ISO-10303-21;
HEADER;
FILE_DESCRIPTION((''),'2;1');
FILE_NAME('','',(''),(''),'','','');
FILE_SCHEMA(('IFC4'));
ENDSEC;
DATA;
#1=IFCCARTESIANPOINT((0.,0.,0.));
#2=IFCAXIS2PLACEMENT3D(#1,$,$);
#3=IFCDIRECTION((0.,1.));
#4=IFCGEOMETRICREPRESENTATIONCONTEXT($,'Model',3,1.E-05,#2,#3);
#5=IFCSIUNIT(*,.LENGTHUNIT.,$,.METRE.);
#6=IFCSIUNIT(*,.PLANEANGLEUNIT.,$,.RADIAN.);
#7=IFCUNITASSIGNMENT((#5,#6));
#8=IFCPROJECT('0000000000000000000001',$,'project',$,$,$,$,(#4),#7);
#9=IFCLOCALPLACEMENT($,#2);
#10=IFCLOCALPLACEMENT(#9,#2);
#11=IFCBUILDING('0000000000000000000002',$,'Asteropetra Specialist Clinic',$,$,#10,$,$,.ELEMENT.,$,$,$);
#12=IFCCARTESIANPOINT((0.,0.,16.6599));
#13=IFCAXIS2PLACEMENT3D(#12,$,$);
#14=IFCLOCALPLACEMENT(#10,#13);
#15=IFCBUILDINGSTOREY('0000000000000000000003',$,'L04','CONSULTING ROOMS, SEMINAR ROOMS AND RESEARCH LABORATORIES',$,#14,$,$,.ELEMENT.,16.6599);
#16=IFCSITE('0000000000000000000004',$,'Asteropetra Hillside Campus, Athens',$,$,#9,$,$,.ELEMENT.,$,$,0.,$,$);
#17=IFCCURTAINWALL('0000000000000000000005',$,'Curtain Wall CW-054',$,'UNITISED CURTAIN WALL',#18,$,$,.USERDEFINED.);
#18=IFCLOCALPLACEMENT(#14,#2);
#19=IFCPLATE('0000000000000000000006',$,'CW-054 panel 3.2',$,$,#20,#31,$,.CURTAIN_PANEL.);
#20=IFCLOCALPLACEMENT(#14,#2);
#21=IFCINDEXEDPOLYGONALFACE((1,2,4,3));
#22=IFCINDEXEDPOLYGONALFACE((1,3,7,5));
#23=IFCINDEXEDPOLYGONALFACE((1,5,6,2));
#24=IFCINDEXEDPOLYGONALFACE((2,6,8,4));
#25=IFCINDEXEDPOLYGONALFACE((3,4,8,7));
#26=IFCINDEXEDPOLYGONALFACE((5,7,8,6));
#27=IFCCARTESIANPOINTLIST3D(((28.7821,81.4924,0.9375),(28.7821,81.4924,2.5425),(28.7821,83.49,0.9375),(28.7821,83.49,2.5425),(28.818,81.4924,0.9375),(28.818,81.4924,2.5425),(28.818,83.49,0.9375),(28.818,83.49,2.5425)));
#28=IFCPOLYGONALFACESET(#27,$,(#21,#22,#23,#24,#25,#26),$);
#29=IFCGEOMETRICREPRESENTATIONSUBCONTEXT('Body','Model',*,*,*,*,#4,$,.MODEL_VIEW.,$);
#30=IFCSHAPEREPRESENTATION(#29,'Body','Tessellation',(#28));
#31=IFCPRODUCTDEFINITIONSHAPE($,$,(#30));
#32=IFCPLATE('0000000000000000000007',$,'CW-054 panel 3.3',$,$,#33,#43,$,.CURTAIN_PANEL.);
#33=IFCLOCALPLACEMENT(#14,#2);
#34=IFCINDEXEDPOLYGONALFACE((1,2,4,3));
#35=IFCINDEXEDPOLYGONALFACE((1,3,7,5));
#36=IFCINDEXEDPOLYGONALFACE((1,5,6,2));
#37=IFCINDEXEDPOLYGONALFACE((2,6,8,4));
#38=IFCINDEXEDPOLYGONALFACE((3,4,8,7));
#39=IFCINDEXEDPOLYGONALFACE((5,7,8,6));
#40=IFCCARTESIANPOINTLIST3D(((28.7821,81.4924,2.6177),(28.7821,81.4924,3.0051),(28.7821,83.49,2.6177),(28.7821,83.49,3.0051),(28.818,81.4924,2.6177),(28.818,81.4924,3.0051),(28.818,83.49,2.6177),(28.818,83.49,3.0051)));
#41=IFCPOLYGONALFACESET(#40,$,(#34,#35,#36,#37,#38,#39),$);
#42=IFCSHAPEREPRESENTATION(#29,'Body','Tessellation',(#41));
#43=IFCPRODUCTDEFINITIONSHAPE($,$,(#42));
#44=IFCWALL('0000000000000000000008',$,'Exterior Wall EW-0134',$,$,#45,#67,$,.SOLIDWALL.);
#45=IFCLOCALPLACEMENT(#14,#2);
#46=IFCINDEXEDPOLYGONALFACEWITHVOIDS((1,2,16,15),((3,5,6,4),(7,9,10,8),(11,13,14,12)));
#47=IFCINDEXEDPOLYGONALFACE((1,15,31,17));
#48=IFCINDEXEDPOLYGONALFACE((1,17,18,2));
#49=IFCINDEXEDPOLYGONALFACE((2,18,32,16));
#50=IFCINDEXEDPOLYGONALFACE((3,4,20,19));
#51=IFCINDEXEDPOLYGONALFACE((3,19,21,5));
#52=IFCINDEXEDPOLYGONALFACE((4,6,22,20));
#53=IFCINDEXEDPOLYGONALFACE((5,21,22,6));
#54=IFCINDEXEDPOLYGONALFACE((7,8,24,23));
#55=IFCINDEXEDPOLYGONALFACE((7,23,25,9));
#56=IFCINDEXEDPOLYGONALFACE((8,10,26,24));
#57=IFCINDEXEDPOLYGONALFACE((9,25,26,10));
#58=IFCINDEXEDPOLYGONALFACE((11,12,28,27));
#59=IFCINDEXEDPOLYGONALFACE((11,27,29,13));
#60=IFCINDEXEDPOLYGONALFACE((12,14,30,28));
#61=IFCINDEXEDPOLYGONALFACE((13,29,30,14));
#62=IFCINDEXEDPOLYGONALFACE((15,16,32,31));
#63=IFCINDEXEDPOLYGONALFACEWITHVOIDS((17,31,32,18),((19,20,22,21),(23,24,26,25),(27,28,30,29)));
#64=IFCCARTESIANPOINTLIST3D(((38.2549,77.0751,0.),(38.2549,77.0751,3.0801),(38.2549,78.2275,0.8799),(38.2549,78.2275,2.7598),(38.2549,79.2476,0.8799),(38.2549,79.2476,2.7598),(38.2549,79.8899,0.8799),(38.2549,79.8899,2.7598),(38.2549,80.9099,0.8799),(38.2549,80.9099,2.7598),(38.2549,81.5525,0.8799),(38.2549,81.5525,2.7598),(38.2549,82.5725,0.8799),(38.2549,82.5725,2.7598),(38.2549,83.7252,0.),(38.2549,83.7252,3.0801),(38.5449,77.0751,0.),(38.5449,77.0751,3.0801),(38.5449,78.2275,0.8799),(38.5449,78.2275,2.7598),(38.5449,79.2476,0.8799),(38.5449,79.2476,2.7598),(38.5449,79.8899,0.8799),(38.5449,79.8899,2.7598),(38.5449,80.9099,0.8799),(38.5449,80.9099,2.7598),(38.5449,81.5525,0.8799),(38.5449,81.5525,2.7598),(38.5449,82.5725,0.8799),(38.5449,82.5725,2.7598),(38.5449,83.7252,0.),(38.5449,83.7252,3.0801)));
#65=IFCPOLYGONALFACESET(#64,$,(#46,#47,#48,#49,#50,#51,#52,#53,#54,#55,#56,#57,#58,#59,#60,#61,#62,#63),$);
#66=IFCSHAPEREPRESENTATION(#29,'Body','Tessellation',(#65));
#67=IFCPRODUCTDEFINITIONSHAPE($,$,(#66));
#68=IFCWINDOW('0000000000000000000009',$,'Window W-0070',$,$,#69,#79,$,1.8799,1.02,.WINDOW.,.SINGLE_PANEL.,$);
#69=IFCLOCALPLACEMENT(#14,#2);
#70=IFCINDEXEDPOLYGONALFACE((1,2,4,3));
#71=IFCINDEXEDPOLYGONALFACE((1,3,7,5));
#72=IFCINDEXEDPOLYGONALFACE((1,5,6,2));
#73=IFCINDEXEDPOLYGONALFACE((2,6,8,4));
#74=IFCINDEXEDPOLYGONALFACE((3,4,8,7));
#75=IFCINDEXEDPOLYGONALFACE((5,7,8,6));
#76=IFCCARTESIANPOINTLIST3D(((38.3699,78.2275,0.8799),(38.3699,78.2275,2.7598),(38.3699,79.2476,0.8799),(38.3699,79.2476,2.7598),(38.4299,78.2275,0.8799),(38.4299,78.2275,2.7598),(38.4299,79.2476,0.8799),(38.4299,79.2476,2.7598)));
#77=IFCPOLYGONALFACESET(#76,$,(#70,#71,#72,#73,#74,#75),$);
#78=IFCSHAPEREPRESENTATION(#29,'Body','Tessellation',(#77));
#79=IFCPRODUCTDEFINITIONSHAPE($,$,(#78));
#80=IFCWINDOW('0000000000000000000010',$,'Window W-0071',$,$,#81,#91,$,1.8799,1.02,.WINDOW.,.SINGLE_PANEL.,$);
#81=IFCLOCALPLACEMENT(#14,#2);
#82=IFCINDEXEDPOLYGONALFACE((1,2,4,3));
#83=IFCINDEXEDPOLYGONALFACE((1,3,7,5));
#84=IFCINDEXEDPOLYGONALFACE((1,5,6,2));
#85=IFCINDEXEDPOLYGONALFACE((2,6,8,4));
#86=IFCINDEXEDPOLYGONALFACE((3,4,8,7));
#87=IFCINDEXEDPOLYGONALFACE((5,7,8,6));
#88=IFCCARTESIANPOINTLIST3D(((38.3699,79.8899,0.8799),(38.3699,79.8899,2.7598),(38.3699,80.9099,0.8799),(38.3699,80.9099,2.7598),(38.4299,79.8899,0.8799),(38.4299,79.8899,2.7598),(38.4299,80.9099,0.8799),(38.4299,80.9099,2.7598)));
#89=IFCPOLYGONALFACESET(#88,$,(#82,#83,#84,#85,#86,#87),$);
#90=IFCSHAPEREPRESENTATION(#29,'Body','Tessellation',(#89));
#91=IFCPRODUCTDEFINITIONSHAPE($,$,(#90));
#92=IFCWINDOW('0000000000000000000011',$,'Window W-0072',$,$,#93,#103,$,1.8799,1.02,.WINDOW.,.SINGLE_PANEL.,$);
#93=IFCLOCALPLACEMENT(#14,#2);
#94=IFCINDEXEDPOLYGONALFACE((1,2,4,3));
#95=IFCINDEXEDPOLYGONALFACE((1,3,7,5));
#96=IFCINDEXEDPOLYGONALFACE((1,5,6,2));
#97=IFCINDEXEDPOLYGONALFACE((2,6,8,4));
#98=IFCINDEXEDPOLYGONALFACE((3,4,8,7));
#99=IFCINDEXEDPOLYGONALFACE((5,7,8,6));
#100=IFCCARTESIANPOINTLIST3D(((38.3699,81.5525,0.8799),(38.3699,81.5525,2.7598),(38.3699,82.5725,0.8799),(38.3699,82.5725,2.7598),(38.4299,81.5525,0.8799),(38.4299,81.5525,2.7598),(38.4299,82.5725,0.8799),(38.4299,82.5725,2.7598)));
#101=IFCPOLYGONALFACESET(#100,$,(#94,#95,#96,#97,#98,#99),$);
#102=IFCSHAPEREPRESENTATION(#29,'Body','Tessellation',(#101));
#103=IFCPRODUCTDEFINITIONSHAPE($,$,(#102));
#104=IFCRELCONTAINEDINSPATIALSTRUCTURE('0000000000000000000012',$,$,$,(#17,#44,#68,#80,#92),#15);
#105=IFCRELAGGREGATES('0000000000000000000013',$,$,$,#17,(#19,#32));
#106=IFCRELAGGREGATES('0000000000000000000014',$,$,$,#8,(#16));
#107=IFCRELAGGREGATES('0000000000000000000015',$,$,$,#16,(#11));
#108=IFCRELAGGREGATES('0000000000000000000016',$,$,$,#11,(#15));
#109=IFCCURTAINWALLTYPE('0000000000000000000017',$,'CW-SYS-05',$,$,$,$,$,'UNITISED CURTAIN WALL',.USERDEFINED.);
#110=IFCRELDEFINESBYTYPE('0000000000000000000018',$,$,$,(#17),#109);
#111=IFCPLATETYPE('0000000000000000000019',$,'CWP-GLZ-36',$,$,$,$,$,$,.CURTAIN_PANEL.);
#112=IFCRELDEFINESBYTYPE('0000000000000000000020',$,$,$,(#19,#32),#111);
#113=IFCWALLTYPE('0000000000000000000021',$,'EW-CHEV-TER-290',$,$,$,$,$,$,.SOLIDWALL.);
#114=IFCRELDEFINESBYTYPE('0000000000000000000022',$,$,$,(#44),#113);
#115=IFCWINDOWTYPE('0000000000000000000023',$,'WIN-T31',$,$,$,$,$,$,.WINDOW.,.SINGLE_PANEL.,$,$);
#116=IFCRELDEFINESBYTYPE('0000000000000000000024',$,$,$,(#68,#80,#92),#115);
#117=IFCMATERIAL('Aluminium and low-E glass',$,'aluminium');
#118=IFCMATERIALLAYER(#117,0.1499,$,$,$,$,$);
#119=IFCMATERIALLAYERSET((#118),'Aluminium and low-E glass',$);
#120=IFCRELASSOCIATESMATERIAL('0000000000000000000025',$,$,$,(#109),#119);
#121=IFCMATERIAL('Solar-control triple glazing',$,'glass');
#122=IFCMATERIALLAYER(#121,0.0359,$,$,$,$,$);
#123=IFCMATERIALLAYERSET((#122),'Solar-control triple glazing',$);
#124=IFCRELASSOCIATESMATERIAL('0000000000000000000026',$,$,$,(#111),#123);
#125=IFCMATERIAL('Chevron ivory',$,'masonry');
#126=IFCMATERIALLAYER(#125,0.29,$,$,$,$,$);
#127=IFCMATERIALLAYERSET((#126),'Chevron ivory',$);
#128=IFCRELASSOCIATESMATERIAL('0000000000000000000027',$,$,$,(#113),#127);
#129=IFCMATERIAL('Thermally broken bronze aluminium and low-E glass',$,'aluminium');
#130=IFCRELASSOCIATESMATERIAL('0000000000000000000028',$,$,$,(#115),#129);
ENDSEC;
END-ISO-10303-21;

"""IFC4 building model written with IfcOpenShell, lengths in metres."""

from ifc_helpers import new_model, si_unit, direction, frame, frame_2d, origin, origin_2d, place, context, subcontext, project, spatial, rectangle, extrude, material, layer, layer_set, type_object, element, fill, aggregate, save


model = new_model("IFC4")

# Units and contexts
model_context = context("Model", 3, precision=1e-05, world=origin(), true_north=direction((0.0, 1.0)))
body_context = subcontext(model_context, "Body", "Model", "MODEL_VIEW")
ifc_project = project(units=[si_unit("LENGTHUNIT", "METRE"), si_unit("PLANEANGLEUNIT", "RADIAN")], contexts=[model_context])

# Site, building, storey
site_placement = place(None, origin())
site = spatial("IfcSite", under=ifc_project, at=site_placement, Name="Asteropetra Hillside Campus, Athens", CompositionType="ELEMENT", RefElevation=0.0)
building_placement = place(site_placement, origin())
building = spatial("IfcBuilding", under=site, at=building_placement, Name="Asteropetra Specialist Clinic", CompositionType="ELEMENT")
storey_placement = place(building_placement, frame((0.0, 0.0, 16.6599)))
storey = spatial("IfcBuildingStorey", under=building, at=storey_placement, Name="L04", Description="CONSULTING ROOMS, SEMINAR ROOMS AND RESEARCH LABORATORIES", CompositionType="ELEMENT", Elevation=16.6599)

# Curtain wall
ifc_material_1 = material(Name="Aluminium and low-E glass", Category="aluminium")
ifc_layer_1 = layer(ifc_material_1, 0.1499)
ifc_layer_set_1 = layer_set([ifc_layer_1], Name="Aluminium and low-E glass")
curtain_wall_type = type_object("IfcCurtainWallType", Name="CW-SYS-05", ElementType="UNITISED CURTAIN WALL", PredefinedType="USERDEFINED", material=ifc_layer_set_1)
curtain_wall_placement = place(storey_placement, origin())
curtain_wall = element("IfcCurtainWall", 1, at=curtain_wall_placement, inside=storey, type_object=curtain_wall_type, Name="Curtain Wall CW-054", ObjectType="UNITISED CURTAIN WALL", PredefinedType="USERDEFINED")

# Plates
ifc_material_2 = material(Name="Solar-control triple glazing", Category="glass")
ifc_layer_2 = layer(ifc_material_2, 0.0359)
ifc_layer_set_2 = layer_set([ifc_layer_2], Name="Solar-control triple glazing")
plate_type = type_object("IfcPlateType", Name="CWP-GLZ-36", PredefinedType="CURTAIN_PANEL", material=ifc_layer_set_2)
plate_1_placement = place(storey_placement, frame((28.8, 82.4912, 0.9375), z_axis=(0.0, 0.0, 1.0), x_axis=(0.0, 1.0, 0.0)))
plate_1 = element("IfcPlate", 2, at=plate_1_placement, type_object=plate_type, Name="CW-054 panel 3.2", PredefinedType="CURTAIN_PANEL", context=body_context, shape_type="SweptSolid", body=[
    extrude(rectangle(XDim=1.9976, YDim=0.0359, at=origin_2d()), origin(), (0.0, 0.0, 1.0), 1.605),
])
plate_2_placement = place(storey_placement, frame((28.8, 82.4912, 2.6177), z_axis=(0.0, 0.0, 1.0), x_axis=(0.0, 1.0, 0.0)))
plate_2 = element("IfcPlate", 3, at=plate_2_placement, type_object=plate_type, Name="CW-054 panel 3.3", PredefinedType="CURTAIN_PANEL", context=body_context, shape_type="SweptSolid", body=[
    extrude(rectangle(XDim=1.9976, YDim=0.0359, at=origin_2d()), origin(), (0.0, 0.0, 1.0), 0.3875),
])
aggregate(curtain_wall, [plate_1, plate_2])

# Shared definitions
ifc_material_3 = material(Name="Chevron ivory", Category="masonry")
ifc_layer_3 = layer(ifc_material_3, 0.29)
ifc_layer_set_3 = layer_set([ifc_layer_3], Name="Chevron ivory")
wall_type = type_object("IfcWallType", Name="EW-CHEV-TER-290", PredefinedType="SOLIDWALL", material=ifc_layer_set_3)

# Wall, openings, windows
wall_1_placement = place(storey_placement, frame((38.3999, 77.075, 0.0), z_axis=(0.0, 0.0, 1.0), x_axis=(0.0, 1.0, 0.0)))
wall_1 = element("IfcWall", 4, at=wall_1_placement, inside=storey, type_object=wall_type, Name="Exterior Wall EW-0134", PredefinedType="SOLIDWALL", context=body_context, shape_type="SweptSolid", body=[
    extrude(rectangle(XDim=6.6501, YDim=0.29, at=frame_2d((3.3252, 0.0))), origin(), (0.0, 0.0, 1.0), 3.0801),
])
opening_1_placement = place(wall_1_placement, frame((1.1526, 0.0, 0.8799)))
opening_1 = element("IfcOpeningElement", 5, at=opening_1_placement, cuts=wall_1, PredefinedType="OPENING", context=body_context, shape_type="SweptSolid", body=[
    extrude(rectangle(XDim=1.02, YDim=1.8799, at=frame_2d((0.51, 0.9399))), frame((0.0, 0.155, 0.0), z_axis=(0.0, -1.0, 0.0), x_axis=(1.0, 0.0, 0.0)), (0.0, 0.0, 1.0), 0.3101),
])
opening_2_placement = place(wall_1_placement, frame((2.8149, 0.0, 0.8799)))
opening_2 = element("IfcOpeningElement", 6, at=opening_2_placement, cuts=wall_1, PredefinedType="OPENING", context=body_context, shape_type="SweptSolid", body=[
    extrude(rectangle(XDim=1.02, YDim=1.8799, at=frame_2d((0.51, 0.9399))), frame((0.0, 0.155, 0.0), z_axis=(0.0, -1.0, 0.0), x_axis=(1.0, 0.0, 0.0)), (0.0, 0.0, 1.0), 0.3101),
])
opening_3_placement = place(wall_1_placement, frame((4.4775, 0.0, 0.8799)))
opening_3 = element("IfcOpeningElement", 7, at=opening_3_placement, cuts=wall_1, PredefinedType="OPENING", context=body_context, shape_type="SweptSolid", body=[
    extrude(rectangle(XDim=1.02, YDim=1.8799, at=frame_2d((0.51, 0.9399))), frame((0.0, 0.155, 0.0), z_axis=(0.0, -1.0, 0.0), x_axis=(1.0, 0.0, 0.0)), (0.0, 0.0, 1.0), 0.3101),
])
ifc_material_4 = material(Name="Thermally broken bronze aluminium and low-E glass", Category="aluminium")
window_type = type_object("IfcWindowType", Name="WIN-T31", PartitioningType="SINGLE_PANEL", PredefinedType="WINDOW", material=ifc_material_4)
window_1_placement = place(opening_1_placement, origin())
window_1 = element("IfcWindow", 8, at=window_1_placement, inside=storey, type_object=window_type, Name="Window W-0070", OverallHeight=1.8799, OverallWidth=1.02, PartitioningType="SINGLE_PANEL", PredefinedType="WINDOW", context=body_context, shape_type="SweptSolid", body=[
    extrude(rectangle(XDim=1.02, YDim=1.8799, at=frame_2d((0.51, 0.9399))), frame((0.0, 0.03, 0.0), z_axis=(0.0, -1.0, 0.0), x_axis=(1.0, 0.0, 0.0)), (0.0, 0.0, 1.0), 0.0601),
])
fill(opening_1, window_1)
window_2_placement = place(opening_2_placement, origin())
window_2 = element("IfcWindow", 9, at=window_2_placement, inside=storey, type_object=window_type, Name="Window W-0071", OverallHeight=1.8799, OverallWidth=1.02, PartitioningType="SINGLE_PANEL", PredefinedType="WINDOW", context=body_context, shape_type="SweptSolid", body=[
    extrude(rectangle(XDim=1.02, YDim=1.8799, at=frame_2d((0.51, 0.9399))), frame((0.0, 0.03, 0.0), z_axis=(0.0, -1.0, 0.0), x_axis=(1.0, 0.0, 0.0)), (0.0, 0.0, 1.0), 0.0601),
])
fill(opening_2, window_2)
window_3_placement = place(opening_3_placement, origin())
window_3 = element("IfcWindow", 10, at=window_3_placement, inside=storey, type_object=window_type, Name="Window W-0072", OverallHeight=1.8799, OverallWidth=1.02, PartitioningType="SINGLE_PANEL", PredefinedType="WINDOW", context=body_context, shape_type="SweptSolid", body=[
    extrude(rectangle(XDim=1.02, YDim=1.8799, at=frame_2d((0.51, 0.9399))), frame((0.0, 0.03, 0.0), z_axis=(0.0, -1.0, 0.0), x_axis=(1.0, 0.0, 0.0)), (0.0, 0.0, 1.0), 0.0601),
])
fill(opening_3, window_3)

save(model, "model.ifc")
